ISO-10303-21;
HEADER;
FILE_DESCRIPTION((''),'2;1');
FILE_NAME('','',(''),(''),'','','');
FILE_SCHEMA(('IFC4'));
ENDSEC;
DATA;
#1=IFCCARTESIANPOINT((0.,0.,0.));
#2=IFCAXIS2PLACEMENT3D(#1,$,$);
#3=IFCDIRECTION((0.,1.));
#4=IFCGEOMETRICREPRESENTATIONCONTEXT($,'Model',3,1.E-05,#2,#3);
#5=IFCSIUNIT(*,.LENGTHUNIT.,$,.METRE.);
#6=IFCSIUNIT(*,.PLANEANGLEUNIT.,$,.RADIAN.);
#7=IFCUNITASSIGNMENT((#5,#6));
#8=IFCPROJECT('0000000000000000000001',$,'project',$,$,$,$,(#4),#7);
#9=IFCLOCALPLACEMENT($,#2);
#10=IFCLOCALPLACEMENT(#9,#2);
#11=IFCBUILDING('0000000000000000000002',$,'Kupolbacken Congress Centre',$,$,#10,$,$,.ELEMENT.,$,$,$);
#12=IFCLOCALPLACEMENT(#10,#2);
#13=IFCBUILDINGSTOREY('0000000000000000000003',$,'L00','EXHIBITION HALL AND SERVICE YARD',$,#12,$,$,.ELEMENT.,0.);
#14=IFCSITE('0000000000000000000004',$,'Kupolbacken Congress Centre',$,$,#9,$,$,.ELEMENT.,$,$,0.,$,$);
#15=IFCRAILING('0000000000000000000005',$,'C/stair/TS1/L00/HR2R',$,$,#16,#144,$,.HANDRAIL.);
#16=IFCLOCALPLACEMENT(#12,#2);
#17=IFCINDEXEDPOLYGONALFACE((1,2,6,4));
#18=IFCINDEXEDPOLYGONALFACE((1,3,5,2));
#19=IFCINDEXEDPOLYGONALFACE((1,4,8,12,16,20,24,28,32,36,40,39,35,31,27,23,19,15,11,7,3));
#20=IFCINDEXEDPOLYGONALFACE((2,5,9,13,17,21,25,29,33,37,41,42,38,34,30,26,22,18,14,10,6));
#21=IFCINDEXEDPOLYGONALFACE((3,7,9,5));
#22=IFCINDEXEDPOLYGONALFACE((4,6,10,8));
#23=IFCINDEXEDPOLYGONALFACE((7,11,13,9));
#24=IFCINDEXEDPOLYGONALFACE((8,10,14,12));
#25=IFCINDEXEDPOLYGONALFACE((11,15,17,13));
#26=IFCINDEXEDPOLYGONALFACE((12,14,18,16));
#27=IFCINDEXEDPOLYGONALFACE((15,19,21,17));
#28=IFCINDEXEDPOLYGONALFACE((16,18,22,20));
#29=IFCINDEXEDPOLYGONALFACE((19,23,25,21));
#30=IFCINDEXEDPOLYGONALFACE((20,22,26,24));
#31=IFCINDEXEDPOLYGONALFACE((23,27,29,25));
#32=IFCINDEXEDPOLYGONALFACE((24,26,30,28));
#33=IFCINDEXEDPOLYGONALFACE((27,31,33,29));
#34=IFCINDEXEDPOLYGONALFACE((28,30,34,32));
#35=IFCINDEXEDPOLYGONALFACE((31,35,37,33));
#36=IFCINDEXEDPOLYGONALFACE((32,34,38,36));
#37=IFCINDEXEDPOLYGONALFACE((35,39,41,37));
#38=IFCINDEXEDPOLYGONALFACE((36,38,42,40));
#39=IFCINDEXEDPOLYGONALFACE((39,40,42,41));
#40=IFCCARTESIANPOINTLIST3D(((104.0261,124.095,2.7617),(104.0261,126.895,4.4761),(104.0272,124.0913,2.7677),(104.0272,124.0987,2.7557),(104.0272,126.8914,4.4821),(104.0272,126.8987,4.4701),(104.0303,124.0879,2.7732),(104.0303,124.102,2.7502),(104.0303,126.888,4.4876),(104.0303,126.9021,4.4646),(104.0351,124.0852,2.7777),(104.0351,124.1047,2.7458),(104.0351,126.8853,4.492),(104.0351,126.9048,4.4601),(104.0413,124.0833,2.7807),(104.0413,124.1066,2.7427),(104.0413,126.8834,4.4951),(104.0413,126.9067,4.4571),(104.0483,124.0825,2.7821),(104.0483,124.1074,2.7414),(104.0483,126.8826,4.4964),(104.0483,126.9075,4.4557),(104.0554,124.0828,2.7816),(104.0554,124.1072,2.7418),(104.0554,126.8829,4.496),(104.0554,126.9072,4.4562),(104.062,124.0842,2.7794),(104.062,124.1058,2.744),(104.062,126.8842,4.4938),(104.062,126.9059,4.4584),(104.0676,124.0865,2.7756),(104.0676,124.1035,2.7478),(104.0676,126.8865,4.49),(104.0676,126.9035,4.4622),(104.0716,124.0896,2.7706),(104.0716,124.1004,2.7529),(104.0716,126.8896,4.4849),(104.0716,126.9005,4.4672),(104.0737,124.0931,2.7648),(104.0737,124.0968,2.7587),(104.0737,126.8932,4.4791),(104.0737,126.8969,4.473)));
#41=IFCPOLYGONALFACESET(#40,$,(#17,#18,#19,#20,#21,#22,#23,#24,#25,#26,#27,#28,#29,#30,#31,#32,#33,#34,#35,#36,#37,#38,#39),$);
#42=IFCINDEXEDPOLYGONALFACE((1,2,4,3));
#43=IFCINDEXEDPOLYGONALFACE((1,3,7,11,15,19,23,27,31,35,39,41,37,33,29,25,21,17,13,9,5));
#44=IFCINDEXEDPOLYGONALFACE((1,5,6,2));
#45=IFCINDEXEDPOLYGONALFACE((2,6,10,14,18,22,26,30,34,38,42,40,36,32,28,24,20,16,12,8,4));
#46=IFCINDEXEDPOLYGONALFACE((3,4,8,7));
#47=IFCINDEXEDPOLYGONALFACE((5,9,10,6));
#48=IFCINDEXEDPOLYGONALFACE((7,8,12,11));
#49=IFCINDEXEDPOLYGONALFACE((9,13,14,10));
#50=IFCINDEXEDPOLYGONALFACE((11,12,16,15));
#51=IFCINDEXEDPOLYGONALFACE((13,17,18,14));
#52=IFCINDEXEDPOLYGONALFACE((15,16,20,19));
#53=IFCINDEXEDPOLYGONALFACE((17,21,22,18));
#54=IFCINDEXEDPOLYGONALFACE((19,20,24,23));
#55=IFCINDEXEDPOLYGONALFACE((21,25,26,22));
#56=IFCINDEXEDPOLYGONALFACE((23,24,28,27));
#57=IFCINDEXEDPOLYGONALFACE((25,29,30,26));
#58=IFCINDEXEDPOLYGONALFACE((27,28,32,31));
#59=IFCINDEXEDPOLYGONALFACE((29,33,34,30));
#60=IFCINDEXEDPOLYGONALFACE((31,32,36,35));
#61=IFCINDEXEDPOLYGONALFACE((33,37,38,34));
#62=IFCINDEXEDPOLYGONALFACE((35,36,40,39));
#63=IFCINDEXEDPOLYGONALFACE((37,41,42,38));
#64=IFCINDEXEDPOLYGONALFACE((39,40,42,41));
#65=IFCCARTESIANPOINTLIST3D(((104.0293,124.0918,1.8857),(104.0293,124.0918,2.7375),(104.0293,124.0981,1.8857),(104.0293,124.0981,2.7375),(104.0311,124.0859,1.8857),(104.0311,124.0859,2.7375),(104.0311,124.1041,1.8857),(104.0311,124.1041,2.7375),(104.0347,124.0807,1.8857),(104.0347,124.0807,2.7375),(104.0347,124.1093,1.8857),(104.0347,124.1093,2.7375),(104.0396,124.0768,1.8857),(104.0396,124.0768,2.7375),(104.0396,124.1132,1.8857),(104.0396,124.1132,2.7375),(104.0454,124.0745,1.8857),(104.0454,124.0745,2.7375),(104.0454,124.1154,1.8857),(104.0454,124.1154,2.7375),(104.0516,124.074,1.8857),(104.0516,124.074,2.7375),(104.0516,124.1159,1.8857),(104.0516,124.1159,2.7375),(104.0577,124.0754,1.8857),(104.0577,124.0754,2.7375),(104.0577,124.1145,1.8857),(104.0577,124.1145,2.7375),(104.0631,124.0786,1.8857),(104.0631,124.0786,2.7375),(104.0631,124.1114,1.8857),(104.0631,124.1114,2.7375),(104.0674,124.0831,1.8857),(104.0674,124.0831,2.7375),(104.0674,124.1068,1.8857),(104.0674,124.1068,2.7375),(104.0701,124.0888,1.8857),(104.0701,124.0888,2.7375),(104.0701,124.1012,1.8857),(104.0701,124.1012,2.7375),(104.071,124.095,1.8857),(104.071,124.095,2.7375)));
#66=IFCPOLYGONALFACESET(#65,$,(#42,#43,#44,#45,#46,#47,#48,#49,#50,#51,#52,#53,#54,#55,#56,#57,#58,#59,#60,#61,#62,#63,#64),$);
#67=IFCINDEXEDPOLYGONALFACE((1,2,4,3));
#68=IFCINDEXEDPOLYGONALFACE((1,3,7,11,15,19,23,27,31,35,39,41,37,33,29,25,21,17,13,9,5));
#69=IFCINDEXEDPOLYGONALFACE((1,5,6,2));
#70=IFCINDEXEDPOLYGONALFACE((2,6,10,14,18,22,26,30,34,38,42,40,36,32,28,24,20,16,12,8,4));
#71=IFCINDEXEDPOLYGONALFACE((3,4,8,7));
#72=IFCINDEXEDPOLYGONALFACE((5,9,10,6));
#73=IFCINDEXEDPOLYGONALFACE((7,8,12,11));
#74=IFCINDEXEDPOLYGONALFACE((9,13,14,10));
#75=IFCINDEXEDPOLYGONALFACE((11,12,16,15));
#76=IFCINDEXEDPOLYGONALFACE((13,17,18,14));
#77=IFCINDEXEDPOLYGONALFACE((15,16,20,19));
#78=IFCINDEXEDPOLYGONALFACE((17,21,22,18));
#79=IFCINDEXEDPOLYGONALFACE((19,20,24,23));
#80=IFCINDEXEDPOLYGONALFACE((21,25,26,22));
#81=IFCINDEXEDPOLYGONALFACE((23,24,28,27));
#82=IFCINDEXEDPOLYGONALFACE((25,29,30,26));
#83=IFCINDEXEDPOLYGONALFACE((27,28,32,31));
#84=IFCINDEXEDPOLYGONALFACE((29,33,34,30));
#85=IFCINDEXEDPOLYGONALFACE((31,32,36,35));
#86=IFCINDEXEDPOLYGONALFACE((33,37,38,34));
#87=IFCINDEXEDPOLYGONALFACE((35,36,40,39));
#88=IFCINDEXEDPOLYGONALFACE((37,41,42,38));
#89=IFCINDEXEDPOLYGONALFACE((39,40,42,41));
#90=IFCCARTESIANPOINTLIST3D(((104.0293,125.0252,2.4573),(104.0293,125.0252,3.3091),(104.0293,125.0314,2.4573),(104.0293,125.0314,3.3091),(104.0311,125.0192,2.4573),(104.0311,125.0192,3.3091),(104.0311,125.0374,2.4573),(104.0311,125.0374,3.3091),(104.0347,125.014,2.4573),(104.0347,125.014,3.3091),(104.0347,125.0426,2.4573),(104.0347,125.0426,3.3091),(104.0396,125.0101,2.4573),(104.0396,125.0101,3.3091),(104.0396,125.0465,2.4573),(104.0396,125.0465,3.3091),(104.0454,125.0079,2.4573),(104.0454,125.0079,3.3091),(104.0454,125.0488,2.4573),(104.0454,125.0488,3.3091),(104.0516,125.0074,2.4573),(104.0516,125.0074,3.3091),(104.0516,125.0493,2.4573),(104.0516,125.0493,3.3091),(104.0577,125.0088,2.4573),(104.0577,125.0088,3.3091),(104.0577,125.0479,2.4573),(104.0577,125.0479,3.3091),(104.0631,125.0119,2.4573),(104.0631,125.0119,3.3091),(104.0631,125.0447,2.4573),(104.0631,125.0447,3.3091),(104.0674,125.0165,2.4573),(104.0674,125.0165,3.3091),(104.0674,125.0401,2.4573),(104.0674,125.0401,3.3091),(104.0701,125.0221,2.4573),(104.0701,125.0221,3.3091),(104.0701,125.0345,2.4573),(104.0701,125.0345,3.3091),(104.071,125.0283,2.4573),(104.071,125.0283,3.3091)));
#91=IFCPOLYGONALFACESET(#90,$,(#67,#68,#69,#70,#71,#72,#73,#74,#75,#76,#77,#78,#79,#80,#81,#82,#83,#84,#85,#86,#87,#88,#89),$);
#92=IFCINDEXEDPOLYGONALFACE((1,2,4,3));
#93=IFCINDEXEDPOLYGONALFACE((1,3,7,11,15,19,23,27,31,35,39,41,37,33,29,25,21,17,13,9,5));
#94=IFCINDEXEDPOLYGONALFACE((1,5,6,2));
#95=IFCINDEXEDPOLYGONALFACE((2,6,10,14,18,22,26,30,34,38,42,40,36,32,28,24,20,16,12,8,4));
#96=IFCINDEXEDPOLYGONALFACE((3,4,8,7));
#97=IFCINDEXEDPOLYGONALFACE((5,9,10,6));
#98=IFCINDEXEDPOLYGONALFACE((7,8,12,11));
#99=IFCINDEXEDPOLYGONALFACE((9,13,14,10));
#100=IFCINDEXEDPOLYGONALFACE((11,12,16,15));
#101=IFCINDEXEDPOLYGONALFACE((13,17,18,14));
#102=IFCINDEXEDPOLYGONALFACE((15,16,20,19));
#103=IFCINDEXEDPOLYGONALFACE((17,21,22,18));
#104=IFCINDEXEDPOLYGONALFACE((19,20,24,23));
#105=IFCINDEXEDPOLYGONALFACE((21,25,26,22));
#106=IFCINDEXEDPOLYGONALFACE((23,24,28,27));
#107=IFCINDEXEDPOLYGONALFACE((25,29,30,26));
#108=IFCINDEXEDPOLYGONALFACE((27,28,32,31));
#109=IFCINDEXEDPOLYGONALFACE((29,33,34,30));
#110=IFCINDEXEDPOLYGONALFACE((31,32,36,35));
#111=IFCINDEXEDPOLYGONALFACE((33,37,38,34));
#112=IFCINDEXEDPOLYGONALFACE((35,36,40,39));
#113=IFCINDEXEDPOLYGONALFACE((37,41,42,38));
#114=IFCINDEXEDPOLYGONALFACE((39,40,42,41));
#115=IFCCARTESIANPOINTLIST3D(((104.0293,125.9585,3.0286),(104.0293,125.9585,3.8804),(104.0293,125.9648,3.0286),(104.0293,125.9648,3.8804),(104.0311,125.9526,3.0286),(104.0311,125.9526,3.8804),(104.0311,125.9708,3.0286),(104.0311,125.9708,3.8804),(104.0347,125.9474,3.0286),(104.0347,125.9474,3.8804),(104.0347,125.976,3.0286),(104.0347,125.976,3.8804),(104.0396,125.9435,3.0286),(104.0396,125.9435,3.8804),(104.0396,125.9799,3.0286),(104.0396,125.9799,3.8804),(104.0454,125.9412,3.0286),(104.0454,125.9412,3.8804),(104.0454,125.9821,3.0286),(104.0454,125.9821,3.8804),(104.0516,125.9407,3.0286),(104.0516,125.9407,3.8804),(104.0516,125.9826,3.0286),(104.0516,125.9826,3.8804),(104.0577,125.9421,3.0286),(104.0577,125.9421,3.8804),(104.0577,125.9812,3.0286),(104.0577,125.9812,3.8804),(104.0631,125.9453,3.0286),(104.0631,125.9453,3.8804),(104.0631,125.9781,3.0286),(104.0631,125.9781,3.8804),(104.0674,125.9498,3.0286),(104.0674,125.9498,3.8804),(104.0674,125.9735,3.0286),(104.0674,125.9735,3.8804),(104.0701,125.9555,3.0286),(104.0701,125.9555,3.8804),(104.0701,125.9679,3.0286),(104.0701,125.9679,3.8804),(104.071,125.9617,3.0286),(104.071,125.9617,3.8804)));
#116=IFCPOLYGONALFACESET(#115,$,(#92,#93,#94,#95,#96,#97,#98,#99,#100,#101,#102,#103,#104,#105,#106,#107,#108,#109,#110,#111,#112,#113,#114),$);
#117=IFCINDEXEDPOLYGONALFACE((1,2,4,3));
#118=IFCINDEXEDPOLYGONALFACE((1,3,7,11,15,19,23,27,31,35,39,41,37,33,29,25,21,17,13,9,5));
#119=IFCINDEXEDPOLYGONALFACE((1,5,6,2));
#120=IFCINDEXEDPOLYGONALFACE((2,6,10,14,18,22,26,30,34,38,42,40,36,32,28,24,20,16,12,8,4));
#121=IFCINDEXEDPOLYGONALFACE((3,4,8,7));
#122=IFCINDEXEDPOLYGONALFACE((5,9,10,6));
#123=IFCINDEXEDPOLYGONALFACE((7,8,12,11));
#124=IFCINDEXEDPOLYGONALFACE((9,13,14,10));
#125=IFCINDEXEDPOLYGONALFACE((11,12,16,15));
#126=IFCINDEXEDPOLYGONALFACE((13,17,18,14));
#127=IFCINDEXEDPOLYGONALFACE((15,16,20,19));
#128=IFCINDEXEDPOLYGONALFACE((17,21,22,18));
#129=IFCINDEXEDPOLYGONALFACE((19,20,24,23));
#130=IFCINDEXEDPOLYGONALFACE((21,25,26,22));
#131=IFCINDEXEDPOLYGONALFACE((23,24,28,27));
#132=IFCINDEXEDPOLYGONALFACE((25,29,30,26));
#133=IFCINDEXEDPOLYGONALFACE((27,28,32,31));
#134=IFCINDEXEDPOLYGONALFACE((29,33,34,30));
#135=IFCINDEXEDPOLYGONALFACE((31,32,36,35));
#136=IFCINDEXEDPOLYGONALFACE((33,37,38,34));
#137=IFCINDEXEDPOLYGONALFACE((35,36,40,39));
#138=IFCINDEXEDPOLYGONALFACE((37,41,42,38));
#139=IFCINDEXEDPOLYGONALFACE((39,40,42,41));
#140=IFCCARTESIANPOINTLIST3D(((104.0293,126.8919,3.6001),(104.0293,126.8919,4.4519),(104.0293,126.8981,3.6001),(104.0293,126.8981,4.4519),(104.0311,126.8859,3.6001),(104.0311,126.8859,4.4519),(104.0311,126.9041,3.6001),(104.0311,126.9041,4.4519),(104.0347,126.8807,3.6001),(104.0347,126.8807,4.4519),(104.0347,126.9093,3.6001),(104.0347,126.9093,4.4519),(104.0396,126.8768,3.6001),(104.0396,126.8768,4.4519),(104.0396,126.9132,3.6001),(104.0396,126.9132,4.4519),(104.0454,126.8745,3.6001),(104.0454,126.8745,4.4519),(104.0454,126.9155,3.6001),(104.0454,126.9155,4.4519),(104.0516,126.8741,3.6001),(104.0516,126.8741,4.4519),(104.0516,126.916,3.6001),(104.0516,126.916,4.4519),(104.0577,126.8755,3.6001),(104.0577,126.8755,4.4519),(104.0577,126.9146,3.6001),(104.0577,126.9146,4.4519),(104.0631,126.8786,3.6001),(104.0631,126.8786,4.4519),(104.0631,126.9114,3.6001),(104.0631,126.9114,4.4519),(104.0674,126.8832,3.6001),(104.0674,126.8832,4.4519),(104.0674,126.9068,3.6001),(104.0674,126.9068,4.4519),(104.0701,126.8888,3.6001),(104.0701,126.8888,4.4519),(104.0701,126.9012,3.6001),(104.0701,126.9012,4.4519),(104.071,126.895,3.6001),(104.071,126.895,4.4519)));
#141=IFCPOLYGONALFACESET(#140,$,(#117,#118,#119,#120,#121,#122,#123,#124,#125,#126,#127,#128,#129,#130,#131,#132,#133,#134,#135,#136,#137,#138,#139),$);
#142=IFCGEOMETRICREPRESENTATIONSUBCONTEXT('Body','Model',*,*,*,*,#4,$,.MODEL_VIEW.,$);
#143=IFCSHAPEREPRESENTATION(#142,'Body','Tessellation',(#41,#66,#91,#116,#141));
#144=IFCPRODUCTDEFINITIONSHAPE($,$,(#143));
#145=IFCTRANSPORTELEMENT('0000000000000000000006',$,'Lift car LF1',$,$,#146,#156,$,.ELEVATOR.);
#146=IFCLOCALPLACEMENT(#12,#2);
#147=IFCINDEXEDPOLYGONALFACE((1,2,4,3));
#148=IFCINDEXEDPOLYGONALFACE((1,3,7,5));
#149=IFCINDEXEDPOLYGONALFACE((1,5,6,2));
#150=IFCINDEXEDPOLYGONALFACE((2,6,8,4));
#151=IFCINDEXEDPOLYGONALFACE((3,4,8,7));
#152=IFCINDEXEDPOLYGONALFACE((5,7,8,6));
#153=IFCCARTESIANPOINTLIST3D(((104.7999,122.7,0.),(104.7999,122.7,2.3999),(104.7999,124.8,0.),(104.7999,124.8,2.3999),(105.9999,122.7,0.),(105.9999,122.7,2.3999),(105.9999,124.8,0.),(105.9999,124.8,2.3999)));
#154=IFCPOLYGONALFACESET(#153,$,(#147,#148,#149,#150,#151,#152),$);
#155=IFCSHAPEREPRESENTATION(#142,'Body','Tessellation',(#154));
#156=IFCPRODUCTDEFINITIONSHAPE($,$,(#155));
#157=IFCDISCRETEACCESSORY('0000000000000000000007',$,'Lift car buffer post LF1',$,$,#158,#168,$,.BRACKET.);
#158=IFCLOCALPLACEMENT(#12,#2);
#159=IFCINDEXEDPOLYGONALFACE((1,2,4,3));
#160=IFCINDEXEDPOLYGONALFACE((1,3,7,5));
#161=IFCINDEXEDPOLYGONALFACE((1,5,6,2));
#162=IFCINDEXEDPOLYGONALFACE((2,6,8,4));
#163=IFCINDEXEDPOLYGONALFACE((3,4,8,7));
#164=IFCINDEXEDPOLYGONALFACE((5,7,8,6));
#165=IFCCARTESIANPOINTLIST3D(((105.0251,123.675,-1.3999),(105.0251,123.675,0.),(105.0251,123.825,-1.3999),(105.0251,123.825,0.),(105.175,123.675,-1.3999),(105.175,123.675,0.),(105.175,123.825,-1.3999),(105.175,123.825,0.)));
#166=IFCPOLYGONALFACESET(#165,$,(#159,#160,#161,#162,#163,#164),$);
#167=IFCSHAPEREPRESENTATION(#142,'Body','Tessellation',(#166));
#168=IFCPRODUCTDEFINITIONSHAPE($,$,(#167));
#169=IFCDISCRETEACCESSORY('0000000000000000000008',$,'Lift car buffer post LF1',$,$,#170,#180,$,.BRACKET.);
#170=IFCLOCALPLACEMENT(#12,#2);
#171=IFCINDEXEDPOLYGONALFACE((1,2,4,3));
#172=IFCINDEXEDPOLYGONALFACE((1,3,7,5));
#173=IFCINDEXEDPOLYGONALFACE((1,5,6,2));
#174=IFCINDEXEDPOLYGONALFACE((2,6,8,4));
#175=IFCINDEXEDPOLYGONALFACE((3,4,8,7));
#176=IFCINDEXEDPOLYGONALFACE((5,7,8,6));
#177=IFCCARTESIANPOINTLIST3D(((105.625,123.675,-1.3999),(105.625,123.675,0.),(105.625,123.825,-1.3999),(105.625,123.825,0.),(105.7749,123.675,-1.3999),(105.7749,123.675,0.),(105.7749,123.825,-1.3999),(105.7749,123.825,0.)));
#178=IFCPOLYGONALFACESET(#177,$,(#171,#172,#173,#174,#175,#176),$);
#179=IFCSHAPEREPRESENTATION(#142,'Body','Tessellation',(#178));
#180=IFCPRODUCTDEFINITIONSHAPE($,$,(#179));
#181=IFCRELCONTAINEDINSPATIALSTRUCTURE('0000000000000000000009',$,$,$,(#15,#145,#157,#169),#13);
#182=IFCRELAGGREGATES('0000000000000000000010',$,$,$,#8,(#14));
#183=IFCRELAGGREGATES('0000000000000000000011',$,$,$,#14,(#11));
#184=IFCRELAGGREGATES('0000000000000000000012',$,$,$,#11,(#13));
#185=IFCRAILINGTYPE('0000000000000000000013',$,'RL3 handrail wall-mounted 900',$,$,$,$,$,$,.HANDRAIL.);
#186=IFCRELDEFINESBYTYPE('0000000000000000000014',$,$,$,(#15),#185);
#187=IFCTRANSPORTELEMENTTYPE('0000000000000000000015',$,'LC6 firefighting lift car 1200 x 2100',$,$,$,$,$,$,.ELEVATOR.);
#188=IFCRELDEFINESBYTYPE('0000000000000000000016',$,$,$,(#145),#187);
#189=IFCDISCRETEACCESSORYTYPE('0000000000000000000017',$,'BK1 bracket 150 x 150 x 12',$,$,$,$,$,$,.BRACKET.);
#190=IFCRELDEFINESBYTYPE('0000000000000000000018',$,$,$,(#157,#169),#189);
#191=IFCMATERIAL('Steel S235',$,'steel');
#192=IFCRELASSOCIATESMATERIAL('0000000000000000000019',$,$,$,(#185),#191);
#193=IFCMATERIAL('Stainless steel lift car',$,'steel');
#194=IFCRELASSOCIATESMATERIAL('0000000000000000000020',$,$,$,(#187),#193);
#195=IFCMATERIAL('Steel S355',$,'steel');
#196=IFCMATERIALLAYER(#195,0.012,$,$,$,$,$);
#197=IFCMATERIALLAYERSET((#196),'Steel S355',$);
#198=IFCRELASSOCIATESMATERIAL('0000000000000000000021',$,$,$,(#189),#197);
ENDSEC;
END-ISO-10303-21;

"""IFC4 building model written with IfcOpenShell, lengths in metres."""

from ifc_helpers import new_model, si_unit, direction, frame, origin, origin_2d, place, context, subcontext, project, spatial, rectangle, circle, extrude, material, layer, layer_set, type_object, element, save


model = new_model("IFC4")

# Units and contexts
model_context = context("Model", 3, precision=1e-05, world=origin(), true_north=direction((0.0, 1.0)))
body_context = subcontext(model_context, "Body", "Model", "MODEL_VIEW")
ifc_project = project(units=[si_unit("LENGTHUNIT", "METRE"), si_unit("PLANEANGLEUNIT", "RADIAN")], contexts=[model_context])

# Site, building, storey
site_placement = place(None, origin())
site = spatial("IfcSite", under=ifc_project, at=site_placement, Name="Kupolbacken Congress Centre", CompositionType="ELEMENT", RefElevation=0.0)
building_placement = place(site_placement, origin())
building = spatial("IfcBuilding", under=site, at=building_placement, Name="Kupolbacken Congress Centre", CompositionType="ELEMENT")
storey_placement = place(building_placement, origin())
storey = spatial("IfcBuildingStorey", under=building, at=storey_placement, Name="L00", Description="EXHIBITION HALL AND SERVICE YARD", CompositionType="ELEMENT", Elevation=0.0)

# Railing
ifc_material_1 = material(Name="Steel S235", Category="steel")
railing_type = type_object("IfcRailingType", Name="RL3 handrail wall-mounted 900", PredefinedType="HANDRAIL", material=ifc_material_1)
for number, where, name in (
    (1, (104.05, 124.095, 1.8857), "C/stair/TS1/L00/HR2R"),
):
    element("IfcRailing", number, at=place(storey_placement, frame(where)), inside=storey, type_object=railing_type, Name=name, PredefinedType="HANDRAIL", context=body_context, shape_type="SweptSolid", body=[
        extrude(circle(Radius=0.0239, at=origin_2d()), frame((0.0, 0.0, 0.876), z_axis=(0.0, 0.852846, 0.522163), x_axis=(-1.0, 0.0, 0.0)), (0.0, 0.0, 1.0), 3.2832),
        extrude(circle(Radius=0.021, at=origin_2d()), origin(), (0.0, 0.0, 1.0), 0.8518),
        extrude(circle(Radius=0.021, at=origin_2d()), frame((0.0, 0.9333, 0.5715)), (0.0, 0.0, 1.0), 0.8518),
        extrude(circle(Radius=0.021, at=origin_2d()), frame((0.0, 1.8667, 1.1428)), (0.0, 0.0, 1.0), 0.8518),
        extrude(circle(Radius=0.021, at=origin_2d()), frame((0.0, 2.8, 1.7144)), (0.0, 0.0, 1.0), 0.8518),
    ])

# Transport element
ifc_material_2 = material(Name="Stainless steel lift car", Category="steel")
transport_element_type = type_object("IfcTransportElementType", Name="LC6 firefighting lift car 1200 x 2100", PredefinedType="ELEVATOR", material=ifc_material_2)
transport_element_placement = place(storey_placement, frame((105.3999, 123.75, 0.0), z_axis=(0.0, 0.0, 1.0), x_axis=(1.0, 0.0, 0.0)))
element("IfcTransportElement", 2, at=transport_element_placement, inside=storey, type_object=transport_element_type, Name="Lift car LF1", PredefinedType="ELEVATOR", context=body_context, shape_type="SweptSolid", body=[
    extrude(rectangle(XDim=1.2, YDim=2.1001, at=origin_2d()), origin(), (0.0, 0.0, 1.0), 2.3999),
])

# Discrete accessories
ifc_material_3 = material(Name="Steel S355", Category="steel")
ifc_layer_1 = layer(ifc_material_3, 0.012)
ifc_layer_set_1 = layer_set([ifc_layer_1], Name="Steel S355")
discrete_accessory_type = type_object("IfcDiscreteAccessoryType", Name="BK1 bracket 150 x 150 x 12", PredefinedType="BRACKET", material=ifc_layer_set_1)
for number, where, z_axis, x_axis, name in (
    (3, (105.1001, 123.75, -1.3999), (0.0, 0.0, 1.0), (1.0, 0.0, 0.0), "Lift car buffer post LF1"),
    (4, (105.7, 123.75, -1.3999), (0.0, 0.0, 1.0), (1.0, 0.0, 0.0), "Lift car buffer post LF1"),
):
    element("IfcDiscreteAccessory", number, at=place(storey_placement, frame(where, z_axis=z_axis, x_axis=x_axis)), inside=storey, type_object=discrete_accessory_type, Name=name, PredefinedType="BRACKET", context=body_context, shape_type="SweptSolid", body=[
        extrude(rectangle(XDim=0.1499, YDim=0.1499, at=origin_2d()), origin(), (0.0, 0.0, 1.0), 1.3999),
    ])

save(model, "model.ifc")
